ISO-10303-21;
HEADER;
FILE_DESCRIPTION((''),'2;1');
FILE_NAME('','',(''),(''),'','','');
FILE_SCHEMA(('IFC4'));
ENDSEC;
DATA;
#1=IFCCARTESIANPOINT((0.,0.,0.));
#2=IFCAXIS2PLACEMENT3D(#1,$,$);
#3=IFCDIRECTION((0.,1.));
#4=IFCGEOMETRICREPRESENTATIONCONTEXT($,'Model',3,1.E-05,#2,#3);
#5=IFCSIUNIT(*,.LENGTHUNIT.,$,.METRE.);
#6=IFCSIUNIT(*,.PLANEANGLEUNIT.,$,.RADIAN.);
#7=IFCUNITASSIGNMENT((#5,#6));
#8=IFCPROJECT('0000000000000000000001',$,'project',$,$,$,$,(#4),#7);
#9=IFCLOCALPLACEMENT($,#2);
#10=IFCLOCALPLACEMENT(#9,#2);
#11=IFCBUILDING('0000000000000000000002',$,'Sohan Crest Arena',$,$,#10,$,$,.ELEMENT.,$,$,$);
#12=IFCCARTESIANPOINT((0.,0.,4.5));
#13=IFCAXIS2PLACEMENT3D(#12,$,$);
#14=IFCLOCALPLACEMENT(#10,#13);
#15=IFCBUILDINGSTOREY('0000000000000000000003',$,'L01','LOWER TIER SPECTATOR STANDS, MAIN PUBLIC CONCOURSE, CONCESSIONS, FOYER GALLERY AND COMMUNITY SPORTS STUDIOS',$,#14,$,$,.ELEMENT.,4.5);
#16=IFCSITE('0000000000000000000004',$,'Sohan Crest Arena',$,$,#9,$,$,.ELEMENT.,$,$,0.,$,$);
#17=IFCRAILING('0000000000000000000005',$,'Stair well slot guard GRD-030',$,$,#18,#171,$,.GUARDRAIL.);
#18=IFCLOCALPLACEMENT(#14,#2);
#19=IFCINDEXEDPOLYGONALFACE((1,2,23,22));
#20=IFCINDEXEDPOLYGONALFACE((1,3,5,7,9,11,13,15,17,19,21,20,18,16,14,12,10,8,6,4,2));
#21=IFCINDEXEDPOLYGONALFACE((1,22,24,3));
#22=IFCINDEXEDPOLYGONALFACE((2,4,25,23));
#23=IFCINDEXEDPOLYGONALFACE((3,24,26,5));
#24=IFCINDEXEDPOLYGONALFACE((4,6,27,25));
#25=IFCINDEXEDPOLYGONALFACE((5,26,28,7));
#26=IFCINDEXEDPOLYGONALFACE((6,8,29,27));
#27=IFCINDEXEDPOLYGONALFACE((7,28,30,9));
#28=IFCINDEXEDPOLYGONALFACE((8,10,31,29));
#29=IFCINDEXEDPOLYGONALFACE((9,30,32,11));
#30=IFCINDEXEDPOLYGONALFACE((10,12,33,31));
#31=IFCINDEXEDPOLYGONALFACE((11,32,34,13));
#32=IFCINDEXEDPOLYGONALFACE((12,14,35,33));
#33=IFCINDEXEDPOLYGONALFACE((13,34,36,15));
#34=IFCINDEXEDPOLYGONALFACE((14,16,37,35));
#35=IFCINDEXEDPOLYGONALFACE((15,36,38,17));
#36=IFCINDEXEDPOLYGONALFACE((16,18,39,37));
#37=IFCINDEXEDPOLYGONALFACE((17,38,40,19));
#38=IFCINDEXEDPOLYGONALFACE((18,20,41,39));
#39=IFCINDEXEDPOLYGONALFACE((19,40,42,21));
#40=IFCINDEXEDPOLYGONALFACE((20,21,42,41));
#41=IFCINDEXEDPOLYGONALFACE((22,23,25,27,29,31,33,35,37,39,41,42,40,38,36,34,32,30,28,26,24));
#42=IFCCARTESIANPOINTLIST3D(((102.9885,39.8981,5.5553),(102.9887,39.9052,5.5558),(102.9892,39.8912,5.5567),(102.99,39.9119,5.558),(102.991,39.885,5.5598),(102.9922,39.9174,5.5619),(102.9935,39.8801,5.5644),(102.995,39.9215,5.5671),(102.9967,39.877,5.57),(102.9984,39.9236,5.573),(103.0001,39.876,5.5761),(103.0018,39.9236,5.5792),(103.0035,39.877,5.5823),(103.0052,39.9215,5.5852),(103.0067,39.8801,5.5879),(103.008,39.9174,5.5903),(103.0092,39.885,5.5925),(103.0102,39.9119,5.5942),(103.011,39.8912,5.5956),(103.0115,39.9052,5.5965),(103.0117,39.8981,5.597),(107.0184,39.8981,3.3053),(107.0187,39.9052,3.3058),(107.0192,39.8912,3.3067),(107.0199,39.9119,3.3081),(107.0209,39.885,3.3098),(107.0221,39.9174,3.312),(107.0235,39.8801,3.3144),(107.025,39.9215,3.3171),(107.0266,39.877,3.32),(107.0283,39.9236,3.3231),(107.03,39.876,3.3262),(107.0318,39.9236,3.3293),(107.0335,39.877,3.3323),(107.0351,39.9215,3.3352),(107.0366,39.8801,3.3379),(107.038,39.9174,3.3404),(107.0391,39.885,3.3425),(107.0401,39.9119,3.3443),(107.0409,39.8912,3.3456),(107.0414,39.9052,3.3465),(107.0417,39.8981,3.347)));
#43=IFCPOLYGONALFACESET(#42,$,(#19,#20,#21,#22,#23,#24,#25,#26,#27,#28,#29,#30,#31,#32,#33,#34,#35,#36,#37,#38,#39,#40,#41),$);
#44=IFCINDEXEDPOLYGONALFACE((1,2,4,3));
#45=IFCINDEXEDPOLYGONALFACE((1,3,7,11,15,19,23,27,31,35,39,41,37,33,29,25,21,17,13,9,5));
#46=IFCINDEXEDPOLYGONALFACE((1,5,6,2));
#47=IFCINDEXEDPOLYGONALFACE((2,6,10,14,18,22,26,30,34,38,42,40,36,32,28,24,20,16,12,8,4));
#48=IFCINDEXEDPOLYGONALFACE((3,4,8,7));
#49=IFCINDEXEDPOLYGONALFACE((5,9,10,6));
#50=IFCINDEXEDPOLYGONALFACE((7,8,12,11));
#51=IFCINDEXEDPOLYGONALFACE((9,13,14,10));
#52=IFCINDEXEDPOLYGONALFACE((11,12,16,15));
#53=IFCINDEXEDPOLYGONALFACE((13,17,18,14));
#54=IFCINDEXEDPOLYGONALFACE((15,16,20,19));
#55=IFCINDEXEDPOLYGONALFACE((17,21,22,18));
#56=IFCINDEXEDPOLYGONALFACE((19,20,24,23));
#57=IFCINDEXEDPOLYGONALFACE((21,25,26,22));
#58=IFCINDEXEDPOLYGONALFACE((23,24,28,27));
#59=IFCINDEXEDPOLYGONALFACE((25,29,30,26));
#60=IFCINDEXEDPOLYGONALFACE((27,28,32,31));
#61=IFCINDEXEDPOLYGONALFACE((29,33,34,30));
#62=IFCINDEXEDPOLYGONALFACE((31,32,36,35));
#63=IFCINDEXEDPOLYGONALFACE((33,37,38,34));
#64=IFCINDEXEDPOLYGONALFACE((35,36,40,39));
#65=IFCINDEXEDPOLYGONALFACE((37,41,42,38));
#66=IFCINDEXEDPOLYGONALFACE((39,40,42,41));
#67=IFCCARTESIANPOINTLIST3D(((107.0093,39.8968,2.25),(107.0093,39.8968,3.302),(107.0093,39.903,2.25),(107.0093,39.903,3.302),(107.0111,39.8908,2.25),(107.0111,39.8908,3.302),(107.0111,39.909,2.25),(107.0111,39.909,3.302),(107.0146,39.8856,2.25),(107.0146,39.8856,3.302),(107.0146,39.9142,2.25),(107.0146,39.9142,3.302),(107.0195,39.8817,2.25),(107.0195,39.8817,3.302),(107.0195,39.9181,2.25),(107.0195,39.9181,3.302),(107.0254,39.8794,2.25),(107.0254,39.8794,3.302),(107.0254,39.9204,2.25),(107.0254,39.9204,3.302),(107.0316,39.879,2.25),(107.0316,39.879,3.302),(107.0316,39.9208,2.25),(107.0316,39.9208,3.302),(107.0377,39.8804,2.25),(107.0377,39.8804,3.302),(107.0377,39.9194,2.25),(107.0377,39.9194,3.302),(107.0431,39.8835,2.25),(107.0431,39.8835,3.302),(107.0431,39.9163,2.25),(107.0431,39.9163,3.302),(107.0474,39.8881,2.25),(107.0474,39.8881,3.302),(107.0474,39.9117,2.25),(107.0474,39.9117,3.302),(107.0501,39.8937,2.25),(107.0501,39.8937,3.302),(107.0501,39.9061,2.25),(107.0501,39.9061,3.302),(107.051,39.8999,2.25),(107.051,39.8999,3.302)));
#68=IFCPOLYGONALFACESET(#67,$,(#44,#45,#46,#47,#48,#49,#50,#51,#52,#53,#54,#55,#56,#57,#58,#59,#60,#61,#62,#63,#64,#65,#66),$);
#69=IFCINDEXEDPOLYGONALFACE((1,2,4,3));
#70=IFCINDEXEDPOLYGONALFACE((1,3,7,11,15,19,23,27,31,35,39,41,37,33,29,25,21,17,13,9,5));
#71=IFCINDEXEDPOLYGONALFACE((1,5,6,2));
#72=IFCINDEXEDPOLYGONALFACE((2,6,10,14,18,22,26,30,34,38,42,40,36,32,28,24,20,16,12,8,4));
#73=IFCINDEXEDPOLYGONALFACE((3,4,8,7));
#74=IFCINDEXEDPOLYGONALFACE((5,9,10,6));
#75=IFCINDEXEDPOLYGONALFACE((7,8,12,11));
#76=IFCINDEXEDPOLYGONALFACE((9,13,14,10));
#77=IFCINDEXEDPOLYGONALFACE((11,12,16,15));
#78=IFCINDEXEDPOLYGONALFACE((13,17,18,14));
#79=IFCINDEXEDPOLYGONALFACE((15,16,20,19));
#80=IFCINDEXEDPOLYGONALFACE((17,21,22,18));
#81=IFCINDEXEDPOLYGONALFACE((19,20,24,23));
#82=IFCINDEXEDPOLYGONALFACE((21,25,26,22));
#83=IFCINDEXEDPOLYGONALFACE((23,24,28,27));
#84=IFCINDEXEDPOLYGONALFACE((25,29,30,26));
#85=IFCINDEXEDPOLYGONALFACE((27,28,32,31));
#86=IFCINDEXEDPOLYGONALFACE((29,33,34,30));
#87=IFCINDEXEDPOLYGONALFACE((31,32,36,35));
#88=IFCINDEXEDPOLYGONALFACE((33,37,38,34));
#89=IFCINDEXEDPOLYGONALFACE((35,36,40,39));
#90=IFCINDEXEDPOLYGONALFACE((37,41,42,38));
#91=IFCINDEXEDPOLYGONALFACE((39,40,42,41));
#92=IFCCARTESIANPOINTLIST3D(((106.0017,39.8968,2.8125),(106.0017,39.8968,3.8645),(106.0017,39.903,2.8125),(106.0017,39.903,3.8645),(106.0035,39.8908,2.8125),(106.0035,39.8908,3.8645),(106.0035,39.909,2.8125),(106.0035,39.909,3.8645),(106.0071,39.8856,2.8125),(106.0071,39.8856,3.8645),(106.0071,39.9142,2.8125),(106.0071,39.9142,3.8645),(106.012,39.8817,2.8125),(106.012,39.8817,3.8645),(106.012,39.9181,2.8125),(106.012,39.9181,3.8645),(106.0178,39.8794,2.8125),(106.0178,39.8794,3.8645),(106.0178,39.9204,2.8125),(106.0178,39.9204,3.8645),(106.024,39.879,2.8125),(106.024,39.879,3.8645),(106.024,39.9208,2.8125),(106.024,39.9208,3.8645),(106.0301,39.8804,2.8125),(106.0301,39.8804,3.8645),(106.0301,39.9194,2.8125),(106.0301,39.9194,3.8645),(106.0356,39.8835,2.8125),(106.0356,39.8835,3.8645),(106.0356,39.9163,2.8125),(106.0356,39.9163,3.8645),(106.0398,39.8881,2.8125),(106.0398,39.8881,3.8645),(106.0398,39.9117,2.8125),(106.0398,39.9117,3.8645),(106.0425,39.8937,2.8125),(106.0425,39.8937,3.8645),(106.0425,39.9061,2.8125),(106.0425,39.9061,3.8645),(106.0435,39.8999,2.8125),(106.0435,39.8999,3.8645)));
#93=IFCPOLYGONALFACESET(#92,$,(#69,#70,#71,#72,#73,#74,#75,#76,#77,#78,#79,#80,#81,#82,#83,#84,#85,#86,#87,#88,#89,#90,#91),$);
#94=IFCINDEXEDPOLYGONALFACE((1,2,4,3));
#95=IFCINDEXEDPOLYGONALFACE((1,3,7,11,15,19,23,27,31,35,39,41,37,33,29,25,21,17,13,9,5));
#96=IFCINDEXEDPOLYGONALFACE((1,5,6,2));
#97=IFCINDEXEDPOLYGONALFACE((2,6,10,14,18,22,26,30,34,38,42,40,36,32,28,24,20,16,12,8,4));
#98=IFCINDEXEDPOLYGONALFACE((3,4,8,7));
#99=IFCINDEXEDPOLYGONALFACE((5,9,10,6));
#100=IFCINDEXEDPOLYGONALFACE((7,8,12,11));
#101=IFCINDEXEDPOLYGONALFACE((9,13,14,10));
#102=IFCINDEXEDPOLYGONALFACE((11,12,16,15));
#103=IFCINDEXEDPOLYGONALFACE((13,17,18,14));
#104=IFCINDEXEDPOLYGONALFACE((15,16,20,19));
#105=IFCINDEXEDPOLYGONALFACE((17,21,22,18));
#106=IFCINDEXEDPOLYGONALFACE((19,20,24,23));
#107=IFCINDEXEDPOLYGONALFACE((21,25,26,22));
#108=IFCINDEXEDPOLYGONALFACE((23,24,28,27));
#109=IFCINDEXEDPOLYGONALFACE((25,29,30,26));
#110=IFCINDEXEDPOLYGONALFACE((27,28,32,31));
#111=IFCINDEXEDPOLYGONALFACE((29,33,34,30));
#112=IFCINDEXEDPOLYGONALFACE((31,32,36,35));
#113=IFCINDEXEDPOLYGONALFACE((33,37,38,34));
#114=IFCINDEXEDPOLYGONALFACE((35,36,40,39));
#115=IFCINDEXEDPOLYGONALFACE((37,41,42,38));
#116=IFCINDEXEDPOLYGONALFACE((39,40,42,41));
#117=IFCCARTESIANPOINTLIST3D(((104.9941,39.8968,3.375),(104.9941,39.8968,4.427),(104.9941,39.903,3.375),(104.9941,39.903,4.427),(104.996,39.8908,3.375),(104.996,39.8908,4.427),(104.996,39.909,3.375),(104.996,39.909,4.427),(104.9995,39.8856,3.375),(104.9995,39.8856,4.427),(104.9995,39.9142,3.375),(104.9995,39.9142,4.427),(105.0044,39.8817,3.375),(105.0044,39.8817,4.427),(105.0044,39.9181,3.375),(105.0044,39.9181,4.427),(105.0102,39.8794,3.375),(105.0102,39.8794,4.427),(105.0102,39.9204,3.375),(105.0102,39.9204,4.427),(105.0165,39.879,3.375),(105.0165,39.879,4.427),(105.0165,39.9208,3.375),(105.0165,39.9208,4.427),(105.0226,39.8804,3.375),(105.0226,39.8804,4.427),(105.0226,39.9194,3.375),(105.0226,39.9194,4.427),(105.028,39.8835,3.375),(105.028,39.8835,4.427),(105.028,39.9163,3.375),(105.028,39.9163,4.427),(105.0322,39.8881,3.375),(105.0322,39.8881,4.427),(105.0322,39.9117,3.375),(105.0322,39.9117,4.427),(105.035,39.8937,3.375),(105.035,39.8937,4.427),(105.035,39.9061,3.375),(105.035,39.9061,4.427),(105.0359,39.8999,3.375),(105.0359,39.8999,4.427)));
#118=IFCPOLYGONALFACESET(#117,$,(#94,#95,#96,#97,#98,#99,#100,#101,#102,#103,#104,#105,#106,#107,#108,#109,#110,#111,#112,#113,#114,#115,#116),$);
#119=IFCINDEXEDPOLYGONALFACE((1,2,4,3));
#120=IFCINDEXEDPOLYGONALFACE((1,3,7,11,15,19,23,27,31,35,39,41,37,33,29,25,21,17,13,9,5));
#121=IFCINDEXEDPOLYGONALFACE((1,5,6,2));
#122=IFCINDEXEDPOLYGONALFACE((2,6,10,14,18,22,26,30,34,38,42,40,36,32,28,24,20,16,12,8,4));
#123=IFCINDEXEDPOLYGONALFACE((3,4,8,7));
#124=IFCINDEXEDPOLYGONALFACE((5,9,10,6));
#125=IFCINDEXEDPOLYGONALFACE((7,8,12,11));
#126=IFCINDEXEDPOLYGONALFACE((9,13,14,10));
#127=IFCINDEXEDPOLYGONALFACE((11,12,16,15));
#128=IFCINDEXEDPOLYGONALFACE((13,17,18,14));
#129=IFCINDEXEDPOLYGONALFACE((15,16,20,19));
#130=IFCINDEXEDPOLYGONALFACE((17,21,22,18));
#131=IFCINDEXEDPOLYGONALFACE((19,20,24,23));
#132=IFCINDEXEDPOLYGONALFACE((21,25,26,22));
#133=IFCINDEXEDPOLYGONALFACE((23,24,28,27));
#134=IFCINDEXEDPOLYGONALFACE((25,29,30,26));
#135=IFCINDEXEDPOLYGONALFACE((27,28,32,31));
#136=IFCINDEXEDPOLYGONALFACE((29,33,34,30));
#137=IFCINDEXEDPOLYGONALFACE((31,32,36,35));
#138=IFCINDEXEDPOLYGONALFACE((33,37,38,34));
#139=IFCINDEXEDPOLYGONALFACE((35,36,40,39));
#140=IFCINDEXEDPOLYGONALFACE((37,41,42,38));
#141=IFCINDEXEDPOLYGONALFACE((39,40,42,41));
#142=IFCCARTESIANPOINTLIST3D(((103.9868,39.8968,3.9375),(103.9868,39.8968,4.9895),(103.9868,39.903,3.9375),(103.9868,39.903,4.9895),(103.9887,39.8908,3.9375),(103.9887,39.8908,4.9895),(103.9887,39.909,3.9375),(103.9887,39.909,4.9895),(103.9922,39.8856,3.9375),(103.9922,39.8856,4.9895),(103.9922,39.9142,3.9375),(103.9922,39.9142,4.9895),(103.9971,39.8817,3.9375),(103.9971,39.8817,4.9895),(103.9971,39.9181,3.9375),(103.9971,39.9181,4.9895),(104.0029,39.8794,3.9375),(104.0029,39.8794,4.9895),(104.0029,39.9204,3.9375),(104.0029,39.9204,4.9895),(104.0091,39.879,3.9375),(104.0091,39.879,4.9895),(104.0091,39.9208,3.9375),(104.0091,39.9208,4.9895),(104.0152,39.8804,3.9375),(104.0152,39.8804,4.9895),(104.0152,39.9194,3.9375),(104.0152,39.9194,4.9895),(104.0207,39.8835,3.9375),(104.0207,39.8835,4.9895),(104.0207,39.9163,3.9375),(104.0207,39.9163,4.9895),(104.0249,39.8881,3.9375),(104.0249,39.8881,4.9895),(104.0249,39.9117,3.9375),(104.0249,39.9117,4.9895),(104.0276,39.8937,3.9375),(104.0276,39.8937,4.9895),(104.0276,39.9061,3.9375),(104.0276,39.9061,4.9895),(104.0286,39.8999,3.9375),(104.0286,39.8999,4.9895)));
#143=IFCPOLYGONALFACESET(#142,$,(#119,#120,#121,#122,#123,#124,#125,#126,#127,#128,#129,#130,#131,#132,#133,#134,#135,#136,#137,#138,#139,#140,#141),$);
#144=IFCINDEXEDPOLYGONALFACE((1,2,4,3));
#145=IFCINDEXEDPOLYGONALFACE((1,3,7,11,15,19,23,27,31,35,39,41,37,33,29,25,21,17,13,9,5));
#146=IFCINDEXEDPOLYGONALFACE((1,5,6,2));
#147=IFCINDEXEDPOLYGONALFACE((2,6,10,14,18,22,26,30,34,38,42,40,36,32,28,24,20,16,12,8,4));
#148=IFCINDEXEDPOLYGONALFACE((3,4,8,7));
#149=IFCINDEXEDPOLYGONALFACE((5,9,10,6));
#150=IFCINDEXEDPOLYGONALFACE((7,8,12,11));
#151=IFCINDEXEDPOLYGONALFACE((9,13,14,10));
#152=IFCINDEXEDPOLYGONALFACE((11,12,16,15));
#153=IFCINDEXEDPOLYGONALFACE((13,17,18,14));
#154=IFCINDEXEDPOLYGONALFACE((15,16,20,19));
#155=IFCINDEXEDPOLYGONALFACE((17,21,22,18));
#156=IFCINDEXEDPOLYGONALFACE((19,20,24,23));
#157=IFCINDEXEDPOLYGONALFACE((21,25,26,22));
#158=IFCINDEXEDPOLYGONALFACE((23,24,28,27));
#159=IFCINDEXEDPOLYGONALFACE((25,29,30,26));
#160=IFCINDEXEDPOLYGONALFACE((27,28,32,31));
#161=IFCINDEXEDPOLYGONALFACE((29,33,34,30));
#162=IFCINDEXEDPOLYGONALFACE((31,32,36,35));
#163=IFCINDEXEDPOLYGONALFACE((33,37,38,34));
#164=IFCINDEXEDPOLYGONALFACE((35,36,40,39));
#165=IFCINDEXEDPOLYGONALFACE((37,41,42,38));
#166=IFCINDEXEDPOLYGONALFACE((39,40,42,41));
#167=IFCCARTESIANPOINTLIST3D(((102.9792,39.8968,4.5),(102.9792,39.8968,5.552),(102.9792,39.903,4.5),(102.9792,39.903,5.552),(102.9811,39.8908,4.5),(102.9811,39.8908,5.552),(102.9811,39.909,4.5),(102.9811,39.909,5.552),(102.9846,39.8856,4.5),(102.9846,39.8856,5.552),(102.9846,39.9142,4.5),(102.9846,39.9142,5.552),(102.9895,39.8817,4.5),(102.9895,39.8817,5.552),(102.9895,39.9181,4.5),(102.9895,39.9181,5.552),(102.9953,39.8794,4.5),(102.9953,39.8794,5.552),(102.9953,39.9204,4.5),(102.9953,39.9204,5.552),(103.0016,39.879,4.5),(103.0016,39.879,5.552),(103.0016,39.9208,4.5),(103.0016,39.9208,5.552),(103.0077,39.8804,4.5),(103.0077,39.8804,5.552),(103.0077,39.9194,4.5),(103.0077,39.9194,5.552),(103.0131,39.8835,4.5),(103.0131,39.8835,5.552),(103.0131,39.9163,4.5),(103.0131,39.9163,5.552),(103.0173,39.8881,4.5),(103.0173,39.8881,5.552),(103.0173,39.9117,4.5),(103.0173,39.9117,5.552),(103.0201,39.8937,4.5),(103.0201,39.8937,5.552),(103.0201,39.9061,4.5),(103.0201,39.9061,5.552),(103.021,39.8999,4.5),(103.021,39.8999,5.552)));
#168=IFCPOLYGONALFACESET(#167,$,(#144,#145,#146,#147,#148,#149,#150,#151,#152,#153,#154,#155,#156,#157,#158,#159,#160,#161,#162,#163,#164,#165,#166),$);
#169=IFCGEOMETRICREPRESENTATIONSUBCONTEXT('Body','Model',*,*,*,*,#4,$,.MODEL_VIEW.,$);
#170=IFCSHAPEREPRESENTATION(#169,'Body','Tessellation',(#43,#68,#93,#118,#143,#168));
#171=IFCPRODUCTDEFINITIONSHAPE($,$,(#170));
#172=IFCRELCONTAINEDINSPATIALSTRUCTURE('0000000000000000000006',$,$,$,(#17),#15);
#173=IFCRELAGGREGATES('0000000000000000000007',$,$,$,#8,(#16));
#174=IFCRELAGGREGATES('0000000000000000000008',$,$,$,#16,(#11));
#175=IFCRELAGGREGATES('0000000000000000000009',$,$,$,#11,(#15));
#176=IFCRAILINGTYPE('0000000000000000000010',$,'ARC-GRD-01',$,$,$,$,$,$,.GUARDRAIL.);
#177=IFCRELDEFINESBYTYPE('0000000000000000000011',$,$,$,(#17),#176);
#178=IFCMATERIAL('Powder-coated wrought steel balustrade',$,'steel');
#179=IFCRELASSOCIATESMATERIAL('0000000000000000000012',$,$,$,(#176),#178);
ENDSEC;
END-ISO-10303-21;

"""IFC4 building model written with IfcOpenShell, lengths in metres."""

from ifc_helpers import new_model, si_unit, direction, frame, origin, origin_2d, place, context, subcontext, project, spatial, circle, extrude, material, type_object, element, save


model = new_model("IFC4")

# Units and contexts
model_context = context("Model", 3, precision=1e-05, world=origin(), true_north=direction((0.0, 1.0)))
body_context = subcontext(model_context, "Body", "Model", "MODEL_VIEW")
ifc_project = project(units=[si_unit("LENGTHUNIT", "METRE"), si_unit("PLANEANGLEUNIT", "RADIAN")], contexts=[model_context])

# Site, building, storey
site_placement = place(None, origin())
site = spatial("IfcSite", under=ifc_project, at=site_placement, Name="Sohan Crest Arena", CompositionType="ELEMENT", RefElevation=0.0)
building_placement = place(site_placement, origin())
building = spatial("IfcBuilding", under=site, at=building_placement, Name="Sohan Crest Arena", CompositionType="ELEMENT")
storey_placement = place(building_placement, frame((0.0, 0.0, 4.5)))
storey = spatial("IfcBuildingStorey", under=building, at=storey_placement, Name="L01", Description="LOWER TIER SPECTATOR STANDS, MAIN PUBLIC CONCOURSE, CONCESSIONS, FOYER GALLERY AND COMMUNITY SPORTS STUDIOS", CompositionType="ELEMENT", Elevation=4.5)

# Railing
ifc_material_1 = material(Name="Powder-coated wrought steel balustrade", Category="steel")
railing_type_1 = type_object("IfcRailingType", Name="ARC-GRD-01", PredefinedType="GUARDRAIL", material=ifc_material_1)
railing_placement = place(storey_placement, frame((107.03, 39.8999, 2.25)))
element("IfcRailing", 1, at=railing_placement, inside=storey, type_object=railing_type_1, Name="Stair well slot guard GRD-030", PredefinedType="GUARDRAIL", context=body_context, shape_type="SweptSolid", body=[
    extrude(circle(Radius=0.0239, at=origin_2d()), frame((0.0, 0.0, 1.0762), z_axis=(-0.873135, 0.0, 0.487479), x_axis=(0.0, -1.0, 0.0)), (0.0, 0.0, 1.0), 4.6155),
    extrude(circle(Radius=0.021, at=origin_2d()), origin(), (0.0, 0.0, 1.0), 1.052),
    extrude(circle(Radius=0.021, at=origin_2d()), frame((-1.0076, 0.0, 0.5625)), (0.0, 0.0, 1.0), 1.052),
    extrude(circle(Radius=0.021, at=origin_2d()), frame((-2.0151, 0.0, 1.125)), (0.0, 0.0, 1.0), 1.052),
    extrude(circle(Radius=0.021, at=origin_2d()), frame((-3.0225, 0.0, 1.6875)), (0.0, 0.0, 1.0), 1.052),
    extrude(circle(Radius=0.021, at=origin_2d()), frame((-4.03, 0.0, 2.25)), (0.0, 0.0, 1.0), 1.052),
])

save(model, "model.ifc")
